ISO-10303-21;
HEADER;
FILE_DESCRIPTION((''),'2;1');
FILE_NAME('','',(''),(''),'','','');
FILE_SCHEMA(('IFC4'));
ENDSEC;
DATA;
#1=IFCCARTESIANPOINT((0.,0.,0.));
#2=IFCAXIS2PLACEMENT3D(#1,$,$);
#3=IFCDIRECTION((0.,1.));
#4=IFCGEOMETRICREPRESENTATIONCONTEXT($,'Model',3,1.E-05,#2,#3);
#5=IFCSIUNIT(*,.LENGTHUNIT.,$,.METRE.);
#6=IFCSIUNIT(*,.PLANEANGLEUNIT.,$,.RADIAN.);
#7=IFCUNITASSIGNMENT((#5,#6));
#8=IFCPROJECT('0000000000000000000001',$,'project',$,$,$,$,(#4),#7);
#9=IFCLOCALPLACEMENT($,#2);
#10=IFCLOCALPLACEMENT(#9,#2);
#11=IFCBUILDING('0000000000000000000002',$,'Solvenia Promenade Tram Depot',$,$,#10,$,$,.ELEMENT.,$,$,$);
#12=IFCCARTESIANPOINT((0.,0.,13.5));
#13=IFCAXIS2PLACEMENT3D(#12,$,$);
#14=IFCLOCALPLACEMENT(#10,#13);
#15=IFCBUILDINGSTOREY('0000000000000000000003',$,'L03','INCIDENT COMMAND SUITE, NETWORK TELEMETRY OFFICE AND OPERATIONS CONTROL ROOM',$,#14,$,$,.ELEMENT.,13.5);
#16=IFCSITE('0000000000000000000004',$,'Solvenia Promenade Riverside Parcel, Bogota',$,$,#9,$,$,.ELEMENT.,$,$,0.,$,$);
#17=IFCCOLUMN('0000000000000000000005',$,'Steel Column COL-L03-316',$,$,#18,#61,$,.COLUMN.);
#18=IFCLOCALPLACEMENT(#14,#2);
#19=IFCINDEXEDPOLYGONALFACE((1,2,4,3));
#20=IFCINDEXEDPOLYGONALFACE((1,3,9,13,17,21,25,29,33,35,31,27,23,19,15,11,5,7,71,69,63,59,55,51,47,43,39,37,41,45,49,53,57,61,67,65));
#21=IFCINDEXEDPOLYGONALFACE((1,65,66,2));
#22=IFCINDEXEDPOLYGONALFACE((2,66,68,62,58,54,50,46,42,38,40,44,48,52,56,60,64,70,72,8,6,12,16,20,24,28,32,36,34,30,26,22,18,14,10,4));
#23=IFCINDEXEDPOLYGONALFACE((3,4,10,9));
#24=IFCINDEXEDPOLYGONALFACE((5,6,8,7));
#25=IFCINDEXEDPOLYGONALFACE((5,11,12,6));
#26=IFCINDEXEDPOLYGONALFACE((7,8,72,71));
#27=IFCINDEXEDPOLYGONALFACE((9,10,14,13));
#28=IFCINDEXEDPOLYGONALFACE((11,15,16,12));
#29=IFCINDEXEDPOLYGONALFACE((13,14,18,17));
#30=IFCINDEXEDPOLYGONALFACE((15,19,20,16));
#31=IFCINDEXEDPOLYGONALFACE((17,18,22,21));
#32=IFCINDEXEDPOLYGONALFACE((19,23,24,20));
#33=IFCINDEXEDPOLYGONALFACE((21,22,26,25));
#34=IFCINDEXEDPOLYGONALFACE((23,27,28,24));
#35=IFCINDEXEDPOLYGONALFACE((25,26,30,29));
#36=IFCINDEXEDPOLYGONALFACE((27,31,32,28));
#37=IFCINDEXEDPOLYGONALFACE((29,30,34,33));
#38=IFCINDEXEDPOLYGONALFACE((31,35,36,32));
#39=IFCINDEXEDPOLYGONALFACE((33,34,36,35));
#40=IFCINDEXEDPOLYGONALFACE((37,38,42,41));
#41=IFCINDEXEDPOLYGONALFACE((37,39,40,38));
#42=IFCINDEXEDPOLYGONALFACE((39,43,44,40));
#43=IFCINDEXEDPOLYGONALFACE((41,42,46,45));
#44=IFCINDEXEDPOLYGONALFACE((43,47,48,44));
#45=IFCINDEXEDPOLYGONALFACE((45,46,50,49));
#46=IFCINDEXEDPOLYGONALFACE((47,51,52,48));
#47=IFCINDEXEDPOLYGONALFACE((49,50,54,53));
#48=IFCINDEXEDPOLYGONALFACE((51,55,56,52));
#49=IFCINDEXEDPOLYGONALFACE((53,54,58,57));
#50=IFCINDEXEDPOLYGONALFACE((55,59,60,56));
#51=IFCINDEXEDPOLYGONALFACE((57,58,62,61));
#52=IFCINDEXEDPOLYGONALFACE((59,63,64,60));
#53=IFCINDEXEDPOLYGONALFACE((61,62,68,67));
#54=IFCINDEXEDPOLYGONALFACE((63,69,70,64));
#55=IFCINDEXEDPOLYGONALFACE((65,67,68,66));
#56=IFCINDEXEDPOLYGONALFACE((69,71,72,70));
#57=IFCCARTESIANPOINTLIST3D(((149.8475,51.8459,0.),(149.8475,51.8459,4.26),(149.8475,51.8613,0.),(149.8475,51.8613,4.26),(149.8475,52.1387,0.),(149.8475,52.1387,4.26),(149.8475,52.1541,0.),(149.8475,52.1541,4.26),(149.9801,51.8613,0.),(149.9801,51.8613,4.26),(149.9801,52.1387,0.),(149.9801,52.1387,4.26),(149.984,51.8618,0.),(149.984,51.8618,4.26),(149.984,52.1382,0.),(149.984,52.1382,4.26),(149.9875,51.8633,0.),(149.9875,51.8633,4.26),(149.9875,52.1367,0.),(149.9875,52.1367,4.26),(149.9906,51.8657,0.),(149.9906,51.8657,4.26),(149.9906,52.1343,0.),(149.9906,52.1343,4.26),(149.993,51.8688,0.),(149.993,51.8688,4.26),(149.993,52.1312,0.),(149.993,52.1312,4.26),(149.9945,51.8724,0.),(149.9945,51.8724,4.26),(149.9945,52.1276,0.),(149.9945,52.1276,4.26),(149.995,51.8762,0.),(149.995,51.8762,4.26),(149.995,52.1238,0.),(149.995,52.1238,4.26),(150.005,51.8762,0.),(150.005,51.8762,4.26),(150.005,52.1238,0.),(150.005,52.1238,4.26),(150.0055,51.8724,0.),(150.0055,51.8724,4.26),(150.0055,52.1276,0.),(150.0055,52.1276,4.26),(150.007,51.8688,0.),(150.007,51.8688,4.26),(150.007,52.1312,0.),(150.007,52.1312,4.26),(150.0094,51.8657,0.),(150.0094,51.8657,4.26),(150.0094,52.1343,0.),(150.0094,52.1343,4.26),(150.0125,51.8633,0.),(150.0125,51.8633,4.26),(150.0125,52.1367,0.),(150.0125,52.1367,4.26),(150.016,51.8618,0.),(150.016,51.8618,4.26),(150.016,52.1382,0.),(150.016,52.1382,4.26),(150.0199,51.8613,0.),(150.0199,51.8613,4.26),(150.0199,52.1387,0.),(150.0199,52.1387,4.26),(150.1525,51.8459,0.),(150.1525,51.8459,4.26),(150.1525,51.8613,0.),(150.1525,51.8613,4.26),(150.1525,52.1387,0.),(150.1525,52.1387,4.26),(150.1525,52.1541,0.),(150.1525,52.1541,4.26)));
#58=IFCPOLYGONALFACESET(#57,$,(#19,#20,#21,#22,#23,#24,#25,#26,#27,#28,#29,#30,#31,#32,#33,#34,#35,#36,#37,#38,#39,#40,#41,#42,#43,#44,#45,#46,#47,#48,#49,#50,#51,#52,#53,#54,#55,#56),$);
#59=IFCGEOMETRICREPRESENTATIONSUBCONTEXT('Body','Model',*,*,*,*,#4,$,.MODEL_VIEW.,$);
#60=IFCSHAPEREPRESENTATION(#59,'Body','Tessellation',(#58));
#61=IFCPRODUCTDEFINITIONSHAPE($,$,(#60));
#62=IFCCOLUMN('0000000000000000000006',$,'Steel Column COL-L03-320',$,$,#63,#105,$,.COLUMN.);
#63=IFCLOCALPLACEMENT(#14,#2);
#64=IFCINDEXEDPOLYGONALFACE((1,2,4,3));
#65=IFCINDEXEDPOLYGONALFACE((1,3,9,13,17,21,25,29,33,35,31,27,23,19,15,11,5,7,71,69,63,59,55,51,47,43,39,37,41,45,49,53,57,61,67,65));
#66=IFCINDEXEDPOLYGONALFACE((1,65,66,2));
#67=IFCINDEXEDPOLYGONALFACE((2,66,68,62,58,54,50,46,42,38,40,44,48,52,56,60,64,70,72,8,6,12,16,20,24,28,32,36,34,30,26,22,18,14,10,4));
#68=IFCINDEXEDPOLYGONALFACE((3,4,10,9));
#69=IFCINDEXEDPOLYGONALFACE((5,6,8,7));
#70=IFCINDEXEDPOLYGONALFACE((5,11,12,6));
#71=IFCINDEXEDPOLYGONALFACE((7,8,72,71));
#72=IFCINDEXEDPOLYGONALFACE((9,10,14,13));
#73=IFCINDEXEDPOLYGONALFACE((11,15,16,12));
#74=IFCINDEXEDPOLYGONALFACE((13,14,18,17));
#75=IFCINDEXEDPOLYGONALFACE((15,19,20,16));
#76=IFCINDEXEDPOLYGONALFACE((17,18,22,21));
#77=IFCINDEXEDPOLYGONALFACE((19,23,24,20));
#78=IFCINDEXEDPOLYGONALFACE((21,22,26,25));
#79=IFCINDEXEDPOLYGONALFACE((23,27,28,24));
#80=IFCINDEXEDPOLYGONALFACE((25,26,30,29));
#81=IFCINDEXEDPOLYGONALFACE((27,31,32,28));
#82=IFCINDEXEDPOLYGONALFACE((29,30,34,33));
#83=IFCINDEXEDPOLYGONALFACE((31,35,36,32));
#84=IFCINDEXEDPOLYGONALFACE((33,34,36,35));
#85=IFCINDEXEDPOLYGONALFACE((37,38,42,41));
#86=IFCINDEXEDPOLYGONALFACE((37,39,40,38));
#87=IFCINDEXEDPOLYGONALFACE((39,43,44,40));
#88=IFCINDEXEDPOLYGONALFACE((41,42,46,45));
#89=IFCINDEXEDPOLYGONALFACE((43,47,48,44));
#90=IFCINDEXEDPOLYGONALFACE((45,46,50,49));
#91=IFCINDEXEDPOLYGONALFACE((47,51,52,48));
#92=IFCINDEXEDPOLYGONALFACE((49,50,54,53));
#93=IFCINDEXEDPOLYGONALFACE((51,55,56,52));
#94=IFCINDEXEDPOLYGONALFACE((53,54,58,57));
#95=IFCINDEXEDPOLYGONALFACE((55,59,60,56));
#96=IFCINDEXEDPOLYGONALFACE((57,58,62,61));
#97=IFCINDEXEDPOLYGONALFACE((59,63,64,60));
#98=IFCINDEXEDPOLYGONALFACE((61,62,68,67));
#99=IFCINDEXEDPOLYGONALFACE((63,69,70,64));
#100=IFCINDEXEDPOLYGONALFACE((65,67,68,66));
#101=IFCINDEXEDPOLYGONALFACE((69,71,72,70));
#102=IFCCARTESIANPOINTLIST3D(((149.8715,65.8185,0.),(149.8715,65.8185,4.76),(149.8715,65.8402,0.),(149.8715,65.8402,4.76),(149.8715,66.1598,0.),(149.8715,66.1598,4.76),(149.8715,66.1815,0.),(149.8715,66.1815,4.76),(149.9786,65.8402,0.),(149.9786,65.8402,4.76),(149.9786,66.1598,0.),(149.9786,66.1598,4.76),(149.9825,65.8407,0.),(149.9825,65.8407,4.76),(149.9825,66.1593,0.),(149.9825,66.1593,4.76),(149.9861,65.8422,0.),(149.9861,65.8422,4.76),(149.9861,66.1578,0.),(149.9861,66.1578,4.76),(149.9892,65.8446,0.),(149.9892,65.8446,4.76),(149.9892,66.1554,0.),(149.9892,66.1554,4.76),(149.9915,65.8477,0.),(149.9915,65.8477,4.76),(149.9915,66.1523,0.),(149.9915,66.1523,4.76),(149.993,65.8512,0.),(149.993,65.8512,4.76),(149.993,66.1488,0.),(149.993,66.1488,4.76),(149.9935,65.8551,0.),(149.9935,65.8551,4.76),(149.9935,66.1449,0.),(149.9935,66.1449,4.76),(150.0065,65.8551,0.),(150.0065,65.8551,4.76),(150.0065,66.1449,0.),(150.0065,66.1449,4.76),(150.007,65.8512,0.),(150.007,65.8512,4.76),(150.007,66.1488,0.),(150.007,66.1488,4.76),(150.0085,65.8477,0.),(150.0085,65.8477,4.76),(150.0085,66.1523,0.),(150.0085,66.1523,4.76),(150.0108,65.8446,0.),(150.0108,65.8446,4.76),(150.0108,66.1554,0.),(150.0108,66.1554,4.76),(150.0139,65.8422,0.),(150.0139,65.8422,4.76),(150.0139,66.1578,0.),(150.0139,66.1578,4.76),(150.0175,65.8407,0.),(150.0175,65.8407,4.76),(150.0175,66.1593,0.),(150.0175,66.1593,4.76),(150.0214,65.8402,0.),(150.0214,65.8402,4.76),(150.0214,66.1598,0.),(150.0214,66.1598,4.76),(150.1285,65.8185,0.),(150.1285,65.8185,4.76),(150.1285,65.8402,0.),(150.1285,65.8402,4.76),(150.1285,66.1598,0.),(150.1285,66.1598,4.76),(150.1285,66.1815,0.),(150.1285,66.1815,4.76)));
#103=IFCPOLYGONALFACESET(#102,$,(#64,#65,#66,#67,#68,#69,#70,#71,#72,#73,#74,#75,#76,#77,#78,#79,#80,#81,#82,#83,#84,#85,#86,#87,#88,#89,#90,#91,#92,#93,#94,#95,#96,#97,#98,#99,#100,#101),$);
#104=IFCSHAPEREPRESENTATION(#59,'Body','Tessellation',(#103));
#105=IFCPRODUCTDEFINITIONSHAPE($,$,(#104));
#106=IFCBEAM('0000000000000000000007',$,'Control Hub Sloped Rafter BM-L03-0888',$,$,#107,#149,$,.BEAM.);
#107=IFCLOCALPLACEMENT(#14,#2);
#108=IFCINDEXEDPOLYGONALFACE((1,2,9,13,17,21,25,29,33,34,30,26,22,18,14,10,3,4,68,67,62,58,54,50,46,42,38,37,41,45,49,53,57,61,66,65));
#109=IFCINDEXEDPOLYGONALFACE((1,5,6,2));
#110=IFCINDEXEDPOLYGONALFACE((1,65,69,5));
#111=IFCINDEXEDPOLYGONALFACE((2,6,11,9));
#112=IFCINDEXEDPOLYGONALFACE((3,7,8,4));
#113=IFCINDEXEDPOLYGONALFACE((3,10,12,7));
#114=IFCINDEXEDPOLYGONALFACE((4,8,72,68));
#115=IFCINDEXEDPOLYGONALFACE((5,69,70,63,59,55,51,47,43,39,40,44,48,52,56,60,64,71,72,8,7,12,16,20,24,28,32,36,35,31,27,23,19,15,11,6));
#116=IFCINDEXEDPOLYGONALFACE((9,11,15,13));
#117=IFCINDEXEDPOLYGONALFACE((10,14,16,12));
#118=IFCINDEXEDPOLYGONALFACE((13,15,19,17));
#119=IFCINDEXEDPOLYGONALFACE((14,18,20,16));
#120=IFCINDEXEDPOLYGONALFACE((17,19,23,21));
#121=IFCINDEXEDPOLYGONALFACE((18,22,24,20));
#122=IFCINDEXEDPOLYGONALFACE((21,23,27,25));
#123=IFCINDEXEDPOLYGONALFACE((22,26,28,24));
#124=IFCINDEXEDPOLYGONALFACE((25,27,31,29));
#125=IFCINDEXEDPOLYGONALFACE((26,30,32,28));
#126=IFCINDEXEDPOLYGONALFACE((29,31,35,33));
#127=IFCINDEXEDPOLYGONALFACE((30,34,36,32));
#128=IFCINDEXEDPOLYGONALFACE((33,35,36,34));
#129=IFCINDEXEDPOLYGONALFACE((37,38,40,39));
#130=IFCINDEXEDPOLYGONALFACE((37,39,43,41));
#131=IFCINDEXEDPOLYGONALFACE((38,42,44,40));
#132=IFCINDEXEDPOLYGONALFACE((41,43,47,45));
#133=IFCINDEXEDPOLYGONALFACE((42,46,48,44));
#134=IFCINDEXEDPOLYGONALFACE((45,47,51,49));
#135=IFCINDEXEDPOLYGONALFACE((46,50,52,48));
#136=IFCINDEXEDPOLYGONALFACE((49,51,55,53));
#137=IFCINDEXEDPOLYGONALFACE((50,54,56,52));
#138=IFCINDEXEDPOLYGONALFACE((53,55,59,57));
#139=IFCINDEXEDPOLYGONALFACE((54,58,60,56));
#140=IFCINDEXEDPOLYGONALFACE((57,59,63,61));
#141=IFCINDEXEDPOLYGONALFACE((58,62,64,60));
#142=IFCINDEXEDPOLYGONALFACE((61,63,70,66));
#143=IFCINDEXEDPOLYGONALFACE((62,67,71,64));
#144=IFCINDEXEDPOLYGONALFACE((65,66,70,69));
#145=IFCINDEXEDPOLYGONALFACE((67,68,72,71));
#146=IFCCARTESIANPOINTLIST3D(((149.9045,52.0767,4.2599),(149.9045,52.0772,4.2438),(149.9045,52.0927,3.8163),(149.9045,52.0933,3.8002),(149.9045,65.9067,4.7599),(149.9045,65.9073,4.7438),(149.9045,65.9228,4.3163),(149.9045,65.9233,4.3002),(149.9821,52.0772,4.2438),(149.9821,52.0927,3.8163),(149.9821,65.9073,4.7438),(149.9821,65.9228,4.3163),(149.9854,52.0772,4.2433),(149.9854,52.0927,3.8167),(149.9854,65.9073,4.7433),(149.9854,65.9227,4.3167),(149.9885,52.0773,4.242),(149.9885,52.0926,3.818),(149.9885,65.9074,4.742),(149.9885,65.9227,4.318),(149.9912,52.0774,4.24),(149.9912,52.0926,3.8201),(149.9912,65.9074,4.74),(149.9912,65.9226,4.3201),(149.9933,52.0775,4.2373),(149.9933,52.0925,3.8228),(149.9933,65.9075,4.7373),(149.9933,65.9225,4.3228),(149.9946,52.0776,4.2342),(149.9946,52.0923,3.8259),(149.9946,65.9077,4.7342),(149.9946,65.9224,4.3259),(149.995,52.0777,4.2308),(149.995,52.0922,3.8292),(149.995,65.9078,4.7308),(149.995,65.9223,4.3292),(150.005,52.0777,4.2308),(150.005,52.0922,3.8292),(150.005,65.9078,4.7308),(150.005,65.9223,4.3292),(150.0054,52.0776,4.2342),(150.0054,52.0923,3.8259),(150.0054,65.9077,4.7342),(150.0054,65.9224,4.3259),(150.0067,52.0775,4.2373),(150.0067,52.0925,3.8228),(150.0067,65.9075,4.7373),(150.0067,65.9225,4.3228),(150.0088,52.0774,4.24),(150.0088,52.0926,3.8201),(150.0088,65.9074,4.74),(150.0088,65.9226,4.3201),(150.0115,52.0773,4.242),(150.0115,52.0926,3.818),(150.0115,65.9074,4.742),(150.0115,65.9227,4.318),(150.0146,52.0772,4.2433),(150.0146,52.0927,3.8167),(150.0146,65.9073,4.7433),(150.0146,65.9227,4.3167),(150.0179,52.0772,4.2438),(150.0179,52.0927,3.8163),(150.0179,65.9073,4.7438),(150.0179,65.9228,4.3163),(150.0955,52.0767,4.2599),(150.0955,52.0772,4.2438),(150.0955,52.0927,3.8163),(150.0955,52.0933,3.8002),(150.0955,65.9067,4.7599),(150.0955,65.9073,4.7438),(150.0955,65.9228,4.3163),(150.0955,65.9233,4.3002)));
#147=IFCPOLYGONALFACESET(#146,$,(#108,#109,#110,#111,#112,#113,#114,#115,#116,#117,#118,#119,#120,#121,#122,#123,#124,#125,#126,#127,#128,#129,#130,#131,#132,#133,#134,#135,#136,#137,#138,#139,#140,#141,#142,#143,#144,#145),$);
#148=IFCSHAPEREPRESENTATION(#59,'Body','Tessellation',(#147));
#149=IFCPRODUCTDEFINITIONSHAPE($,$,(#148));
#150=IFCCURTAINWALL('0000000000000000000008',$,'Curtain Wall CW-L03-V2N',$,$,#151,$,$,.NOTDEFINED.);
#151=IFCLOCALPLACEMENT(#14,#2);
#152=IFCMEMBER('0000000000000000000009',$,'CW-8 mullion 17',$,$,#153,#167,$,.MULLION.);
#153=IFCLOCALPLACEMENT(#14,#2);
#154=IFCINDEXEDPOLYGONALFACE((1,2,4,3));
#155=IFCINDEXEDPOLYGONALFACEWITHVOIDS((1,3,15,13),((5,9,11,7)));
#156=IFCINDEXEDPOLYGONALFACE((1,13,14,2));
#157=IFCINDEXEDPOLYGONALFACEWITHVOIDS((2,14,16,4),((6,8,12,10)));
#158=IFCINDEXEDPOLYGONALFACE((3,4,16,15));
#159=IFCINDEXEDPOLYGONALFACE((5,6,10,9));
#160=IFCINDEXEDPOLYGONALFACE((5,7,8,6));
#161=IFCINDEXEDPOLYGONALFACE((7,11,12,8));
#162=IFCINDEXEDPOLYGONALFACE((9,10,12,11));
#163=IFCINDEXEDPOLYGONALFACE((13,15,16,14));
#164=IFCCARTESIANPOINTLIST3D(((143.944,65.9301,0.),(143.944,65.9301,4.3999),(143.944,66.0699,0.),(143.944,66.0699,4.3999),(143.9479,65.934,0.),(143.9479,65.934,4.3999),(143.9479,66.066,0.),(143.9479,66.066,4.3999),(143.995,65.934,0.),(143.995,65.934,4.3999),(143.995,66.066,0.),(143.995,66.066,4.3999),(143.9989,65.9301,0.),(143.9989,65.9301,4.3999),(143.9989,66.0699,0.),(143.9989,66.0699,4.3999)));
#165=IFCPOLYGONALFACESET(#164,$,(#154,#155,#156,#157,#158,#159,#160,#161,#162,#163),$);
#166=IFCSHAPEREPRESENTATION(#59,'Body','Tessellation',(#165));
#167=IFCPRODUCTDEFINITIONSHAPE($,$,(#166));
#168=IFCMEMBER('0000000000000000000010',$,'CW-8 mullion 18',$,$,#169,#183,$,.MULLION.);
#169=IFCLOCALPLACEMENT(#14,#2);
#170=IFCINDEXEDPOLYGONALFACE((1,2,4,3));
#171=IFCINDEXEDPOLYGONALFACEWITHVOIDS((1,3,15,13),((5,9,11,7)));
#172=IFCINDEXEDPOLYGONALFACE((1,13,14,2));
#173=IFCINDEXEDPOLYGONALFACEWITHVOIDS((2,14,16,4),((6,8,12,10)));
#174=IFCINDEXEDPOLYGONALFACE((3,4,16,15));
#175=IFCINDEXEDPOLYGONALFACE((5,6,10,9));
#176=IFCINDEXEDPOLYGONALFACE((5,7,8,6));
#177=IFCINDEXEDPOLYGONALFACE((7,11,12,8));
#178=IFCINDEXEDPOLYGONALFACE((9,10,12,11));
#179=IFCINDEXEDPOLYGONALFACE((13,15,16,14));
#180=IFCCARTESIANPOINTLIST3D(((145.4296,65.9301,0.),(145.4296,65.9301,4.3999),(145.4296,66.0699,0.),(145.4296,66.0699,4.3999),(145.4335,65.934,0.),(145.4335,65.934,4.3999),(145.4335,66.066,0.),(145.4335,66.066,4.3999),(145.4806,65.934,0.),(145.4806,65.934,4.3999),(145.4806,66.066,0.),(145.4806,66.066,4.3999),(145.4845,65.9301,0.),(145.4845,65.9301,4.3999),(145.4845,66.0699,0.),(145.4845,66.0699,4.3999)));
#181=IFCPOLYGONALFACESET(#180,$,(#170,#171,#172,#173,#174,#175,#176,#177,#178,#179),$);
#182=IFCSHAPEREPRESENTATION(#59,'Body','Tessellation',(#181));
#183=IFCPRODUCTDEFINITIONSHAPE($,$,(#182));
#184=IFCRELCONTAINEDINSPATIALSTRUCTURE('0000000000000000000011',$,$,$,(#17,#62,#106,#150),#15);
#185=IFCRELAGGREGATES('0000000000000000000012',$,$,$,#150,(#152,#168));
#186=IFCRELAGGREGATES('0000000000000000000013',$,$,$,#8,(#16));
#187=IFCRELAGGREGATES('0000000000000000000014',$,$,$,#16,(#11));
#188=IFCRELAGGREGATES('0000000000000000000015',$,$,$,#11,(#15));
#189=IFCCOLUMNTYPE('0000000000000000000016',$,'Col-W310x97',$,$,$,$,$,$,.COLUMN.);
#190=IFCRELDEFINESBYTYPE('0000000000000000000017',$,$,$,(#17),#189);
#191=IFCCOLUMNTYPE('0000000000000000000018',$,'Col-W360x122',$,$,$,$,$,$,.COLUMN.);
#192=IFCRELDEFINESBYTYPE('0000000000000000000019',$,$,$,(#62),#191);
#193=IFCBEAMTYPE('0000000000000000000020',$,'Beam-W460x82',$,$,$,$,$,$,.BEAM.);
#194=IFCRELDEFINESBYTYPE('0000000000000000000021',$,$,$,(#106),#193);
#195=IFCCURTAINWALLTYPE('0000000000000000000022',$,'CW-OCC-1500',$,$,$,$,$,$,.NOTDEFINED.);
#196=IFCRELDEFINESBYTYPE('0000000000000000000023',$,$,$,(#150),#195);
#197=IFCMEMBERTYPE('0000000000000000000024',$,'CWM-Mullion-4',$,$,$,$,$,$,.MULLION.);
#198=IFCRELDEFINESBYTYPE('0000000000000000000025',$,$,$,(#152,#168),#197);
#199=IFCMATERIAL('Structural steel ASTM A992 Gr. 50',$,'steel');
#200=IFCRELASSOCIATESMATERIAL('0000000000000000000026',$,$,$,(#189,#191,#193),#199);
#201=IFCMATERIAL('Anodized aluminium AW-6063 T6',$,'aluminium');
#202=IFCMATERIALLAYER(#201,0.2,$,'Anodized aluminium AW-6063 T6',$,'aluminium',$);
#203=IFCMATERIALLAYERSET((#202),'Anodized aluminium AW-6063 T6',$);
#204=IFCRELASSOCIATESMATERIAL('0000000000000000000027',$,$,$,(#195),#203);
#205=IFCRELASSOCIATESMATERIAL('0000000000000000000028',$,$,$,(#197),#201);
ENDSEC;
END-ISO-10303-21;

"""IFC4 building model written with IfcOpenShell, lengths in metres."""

from ifc_helpers import new_model, si_unit, direction, frame, origin, origin_2d, place, context, subcontext, project, spatial, hollow_rectangle, i_section, extrude, material, layer, layer_set, material_profile, profile_set, type_object, element, aggregate, save


model = new_model("IFC4")

# Units and contexts
model_context = context("Model", 3, precision=1e-05, world=origin(), true_north=direction((0.0, 1.0)))
body_context = subcontext(model_context, "Body", "Model", "MODEL_VIEW")
ifc_project = project(units=[si_unit("LENGTHUNIT", "METRE"), si_unit("PLANEANGLEUNIT", "RADIAN")], contexts=[model_context])

# Site, building, storey
site_placement = place(None, origin())
site = spatial("IfcSite", under=ifc_project, at=site_placement, Name="Solvenia Promenade Riverside Parcel, Bogota", CompositionType="ELEMENT", RefElevation=0.0)
building_placement = place(site_placement, origin())
building = spatial("IfcBuilding", under=site, at=building_placement, Name="Solvenia Promenade Tram Depot", CompositionType="ELEMENT")
storey_placement = place(building_placement, frame((0.0, 0.0, 13.5)))
storey = spatial("IfcBuildingStorey", under=building, at=storey_placement, Name="L03", Description="INCIDENT COMMAND SUITE, NETWORK TELEMETRY OFFICE AND OPERATIONS CONTROL ROOM", CompositionType="ELEMENT", Elevation=13.5)

# Columns
ifc_material_1 = material(Name="Structural steel ASTM A992 Gr. 50", Category="steel")
ifc_material_profile_1 = material_profile(ifc_material_1, i_section(OverallWidth=0.3049, OverallDepth=0.3081, WebThickness=0.01, FlangeThickness=0.0154, FilletRadius=0.0149, at=origin_2d()), Name="W310x97", Category="steel")
ifc_profile_set_1 = profile_set([ifc_material_profile_1], Name="Structural steel ASTM A992 Gr. 50")
column_type_1 = type_object("IfcColumnType", Name="Col-W310x97", PredefinedType="COLUMN", material=ifc_profile_set_1)
column_1_placement = place(storey_placement, frame((150.0, 52.0, 0.0), z_axis=(0.0, 0.0, 1.0), x_axis=(1.0, 0.0, 0.0)))
element("IfcColumn", 1, at=column_1_placement, inside=storey, type_object=column_type_1, Name="Steel Column COL-L03-316", PredefinedType="COLUMN", context=body_context, shape_type="SweptSolid", body=[
    extrude(i_section(OverallWidth=0.3049, OverallDepth=0.3081, WebThickness=0.01, FlangeThickness=0.0154, FilletRadius=0.0149, at=origin_2d()), origin(), (0.0, 0.0, 1.0), 4.26),
])
ifc_material_profile_2 = material_profile(ifc_material_1, i_section(OverallWidth=0.2571, OverallDepth=0.363, WebThickness=0.0129, FlangeThickness=0.0217, FilletRadius=0.0149, at=origin_2d()), Name="W360x122", Category="steel")
ifc_profile_set_2 = profile_set([ifc_material_profile_2], Name="Structural steel ASTM A992 Gr. 50")
column_type_2 = type_object("IfcColumnType", Name="Col-W360x122", PredefinedType="COLUMN", material=ifc_profile_set_2)
column_2_placement = place(storey_placement, frame((150.0, 66.0, 0.0), z_axis=(0.0, 0.0, 1.0), x_axis=(1.0, 0.0, 0.0)))
element("IfcColumn", 2, at=column_2_placement, inside=storey, type_object=column_type_2, Name="Steel Column COL-L03-320", PredefinedType="COLUMN", context=body_context, shape_type="SweptSolid", body=[
    extrude(i_section(OverallWidth=0.2571, OverallDepth=0.363, WebThickness=0.0129, FlangeThickness=0.0217, FilletRadius=0.0149, at=origin_2d()), origin(), (0.0, 0.0, 1.0), 4.76),
])

# Beam
ifc_material_profile_3 = material_profile(ifc_material_1, i_section(OverallWidth=0.1909, OverallDepth=0.46, WebThickness=0.01, FlangeThickness=0.0161, FilletRadius=0.0129, at=origin_2d()), Name="W460x82", Category="steel")
ifc_profile_set_3 = profile_set([ifc_material_profile_3], Name="Structural steel ASTM A992 Gr. 50")
beam_type_1 = type_object("IfcBeamType", Name="Beam-W460x82", PredefinedType="BEAM", material=ifc_profile_set_3)
beam_1_placement = place(storey_placement, frame((150.0, 52.085, 4.03), z_axis=(0.0, 0.999347, 0.036129), x_axis=(-1.0, 0.0, 0.0)))
element("IfcBeam", 3, at=beam_1_placement, inside=storey, type_object=beam_type_1, Name="Control Hub Sloped Rafter BM-L03-0888", PredefinedType="BEAM", context=body_context, shape_type="SweptSolid", body=[
    extrude(i_section(OverallWidth=0.1909, OverallDepth=0.46, WebThickness=0.01, FlangeThickness=0.0161, FilletRadius=0.0129, at=origin_2d()), origin(), (0.0, 0.0, 1.0), 13.8391),
])

# Curtain wall, members
ifc_material_2 = material(Name="Anodized aluminium AW-6063 T6", Category="aluminium")
ifc_layer_1 = layer(ifc_material_2, 0.2, Name="Anodized aluminium AW-6063 T6", Category="aluminium")
ifc_layer_set_1 = layer_set([ifc_layer_1], Name="Anodized aluminium AW-6063 T6")
curtain_wall_type = type_object("IfcCurtainWallType", Name="CW-OCC-1500", PredefinedType="NOTDEFINED", material=ifc_layer_set_1)
curtain_wall_placement = place(storey_placement, origin())
curtain_wall = element("IfcCurtainWall", 4, at=curtain_wall_placement, inside=storey, type_object=curtain_wall_type, Name="Curtain Wall CW-L03-V2N", PredefinedType="NOTDEFINED")
ifc_material_profile_4 = material_profile(ifc_material_2, hollow_rectangle(XDim=0.1399, YDim=0.0549, WallThickness=0.0039, at=origin_2d()), Name="ALU-M4", Category="aluminium")
ifc_profile_set_4 = profile_set([ifc_material_profile_4], Name="Anodized aluminium AW-6063 T6")
member_type_1 = type_object("IfcMemberType", Name="CWM-Mullion-4", PredefinedType="MULLION", material=ifc_profile_set_4)
member_1_placement = place(storey_placement, frame((143.9714, 66.0, 0.0), z_axis=(0.0, 0.0, 1.0), x_axis=(0.0, 1.0, 0.0)))
member_1 = element("IfcMember", 5, at=member_1_placement, type_object=member_type_1, Name="CW-8 mullion 17", PredefinedType="MULLION", context=body_context, shape_type="SweptSolid", body=[
    extrude(hollow_rectangle(XDim=0.1399, YDim=0.0549, WallThickness=0.0039, at=origin_2d()), origin(), (0.0, 0.0, 1.0), 4.3999),
])
member_2_placement = place(storey_placement, frame((145.457, 66.0, 0.0), z_axis=(0.0, 0.0, 1.0), x_axis=(0.0, 1.0, 0.0)))
member_2 = element("IfcMember", 6, at=member_2_placement, type_object=member_type_1, Name="CW-8 mullion 18", PredefinedType="MULLION", context=body_context, shape_type="SweptSolid", body=[
    extrude(hollow_rectangle(XDim=0.1399, YDim=0.0549, WallThickness=0.0039, at=origin_2d()), origin(), (0.0, 0.0, 1.0), 4.3999),
])

aggregate(curtain_wall, [member_1, member_2])

save(model, "model.ifc")
